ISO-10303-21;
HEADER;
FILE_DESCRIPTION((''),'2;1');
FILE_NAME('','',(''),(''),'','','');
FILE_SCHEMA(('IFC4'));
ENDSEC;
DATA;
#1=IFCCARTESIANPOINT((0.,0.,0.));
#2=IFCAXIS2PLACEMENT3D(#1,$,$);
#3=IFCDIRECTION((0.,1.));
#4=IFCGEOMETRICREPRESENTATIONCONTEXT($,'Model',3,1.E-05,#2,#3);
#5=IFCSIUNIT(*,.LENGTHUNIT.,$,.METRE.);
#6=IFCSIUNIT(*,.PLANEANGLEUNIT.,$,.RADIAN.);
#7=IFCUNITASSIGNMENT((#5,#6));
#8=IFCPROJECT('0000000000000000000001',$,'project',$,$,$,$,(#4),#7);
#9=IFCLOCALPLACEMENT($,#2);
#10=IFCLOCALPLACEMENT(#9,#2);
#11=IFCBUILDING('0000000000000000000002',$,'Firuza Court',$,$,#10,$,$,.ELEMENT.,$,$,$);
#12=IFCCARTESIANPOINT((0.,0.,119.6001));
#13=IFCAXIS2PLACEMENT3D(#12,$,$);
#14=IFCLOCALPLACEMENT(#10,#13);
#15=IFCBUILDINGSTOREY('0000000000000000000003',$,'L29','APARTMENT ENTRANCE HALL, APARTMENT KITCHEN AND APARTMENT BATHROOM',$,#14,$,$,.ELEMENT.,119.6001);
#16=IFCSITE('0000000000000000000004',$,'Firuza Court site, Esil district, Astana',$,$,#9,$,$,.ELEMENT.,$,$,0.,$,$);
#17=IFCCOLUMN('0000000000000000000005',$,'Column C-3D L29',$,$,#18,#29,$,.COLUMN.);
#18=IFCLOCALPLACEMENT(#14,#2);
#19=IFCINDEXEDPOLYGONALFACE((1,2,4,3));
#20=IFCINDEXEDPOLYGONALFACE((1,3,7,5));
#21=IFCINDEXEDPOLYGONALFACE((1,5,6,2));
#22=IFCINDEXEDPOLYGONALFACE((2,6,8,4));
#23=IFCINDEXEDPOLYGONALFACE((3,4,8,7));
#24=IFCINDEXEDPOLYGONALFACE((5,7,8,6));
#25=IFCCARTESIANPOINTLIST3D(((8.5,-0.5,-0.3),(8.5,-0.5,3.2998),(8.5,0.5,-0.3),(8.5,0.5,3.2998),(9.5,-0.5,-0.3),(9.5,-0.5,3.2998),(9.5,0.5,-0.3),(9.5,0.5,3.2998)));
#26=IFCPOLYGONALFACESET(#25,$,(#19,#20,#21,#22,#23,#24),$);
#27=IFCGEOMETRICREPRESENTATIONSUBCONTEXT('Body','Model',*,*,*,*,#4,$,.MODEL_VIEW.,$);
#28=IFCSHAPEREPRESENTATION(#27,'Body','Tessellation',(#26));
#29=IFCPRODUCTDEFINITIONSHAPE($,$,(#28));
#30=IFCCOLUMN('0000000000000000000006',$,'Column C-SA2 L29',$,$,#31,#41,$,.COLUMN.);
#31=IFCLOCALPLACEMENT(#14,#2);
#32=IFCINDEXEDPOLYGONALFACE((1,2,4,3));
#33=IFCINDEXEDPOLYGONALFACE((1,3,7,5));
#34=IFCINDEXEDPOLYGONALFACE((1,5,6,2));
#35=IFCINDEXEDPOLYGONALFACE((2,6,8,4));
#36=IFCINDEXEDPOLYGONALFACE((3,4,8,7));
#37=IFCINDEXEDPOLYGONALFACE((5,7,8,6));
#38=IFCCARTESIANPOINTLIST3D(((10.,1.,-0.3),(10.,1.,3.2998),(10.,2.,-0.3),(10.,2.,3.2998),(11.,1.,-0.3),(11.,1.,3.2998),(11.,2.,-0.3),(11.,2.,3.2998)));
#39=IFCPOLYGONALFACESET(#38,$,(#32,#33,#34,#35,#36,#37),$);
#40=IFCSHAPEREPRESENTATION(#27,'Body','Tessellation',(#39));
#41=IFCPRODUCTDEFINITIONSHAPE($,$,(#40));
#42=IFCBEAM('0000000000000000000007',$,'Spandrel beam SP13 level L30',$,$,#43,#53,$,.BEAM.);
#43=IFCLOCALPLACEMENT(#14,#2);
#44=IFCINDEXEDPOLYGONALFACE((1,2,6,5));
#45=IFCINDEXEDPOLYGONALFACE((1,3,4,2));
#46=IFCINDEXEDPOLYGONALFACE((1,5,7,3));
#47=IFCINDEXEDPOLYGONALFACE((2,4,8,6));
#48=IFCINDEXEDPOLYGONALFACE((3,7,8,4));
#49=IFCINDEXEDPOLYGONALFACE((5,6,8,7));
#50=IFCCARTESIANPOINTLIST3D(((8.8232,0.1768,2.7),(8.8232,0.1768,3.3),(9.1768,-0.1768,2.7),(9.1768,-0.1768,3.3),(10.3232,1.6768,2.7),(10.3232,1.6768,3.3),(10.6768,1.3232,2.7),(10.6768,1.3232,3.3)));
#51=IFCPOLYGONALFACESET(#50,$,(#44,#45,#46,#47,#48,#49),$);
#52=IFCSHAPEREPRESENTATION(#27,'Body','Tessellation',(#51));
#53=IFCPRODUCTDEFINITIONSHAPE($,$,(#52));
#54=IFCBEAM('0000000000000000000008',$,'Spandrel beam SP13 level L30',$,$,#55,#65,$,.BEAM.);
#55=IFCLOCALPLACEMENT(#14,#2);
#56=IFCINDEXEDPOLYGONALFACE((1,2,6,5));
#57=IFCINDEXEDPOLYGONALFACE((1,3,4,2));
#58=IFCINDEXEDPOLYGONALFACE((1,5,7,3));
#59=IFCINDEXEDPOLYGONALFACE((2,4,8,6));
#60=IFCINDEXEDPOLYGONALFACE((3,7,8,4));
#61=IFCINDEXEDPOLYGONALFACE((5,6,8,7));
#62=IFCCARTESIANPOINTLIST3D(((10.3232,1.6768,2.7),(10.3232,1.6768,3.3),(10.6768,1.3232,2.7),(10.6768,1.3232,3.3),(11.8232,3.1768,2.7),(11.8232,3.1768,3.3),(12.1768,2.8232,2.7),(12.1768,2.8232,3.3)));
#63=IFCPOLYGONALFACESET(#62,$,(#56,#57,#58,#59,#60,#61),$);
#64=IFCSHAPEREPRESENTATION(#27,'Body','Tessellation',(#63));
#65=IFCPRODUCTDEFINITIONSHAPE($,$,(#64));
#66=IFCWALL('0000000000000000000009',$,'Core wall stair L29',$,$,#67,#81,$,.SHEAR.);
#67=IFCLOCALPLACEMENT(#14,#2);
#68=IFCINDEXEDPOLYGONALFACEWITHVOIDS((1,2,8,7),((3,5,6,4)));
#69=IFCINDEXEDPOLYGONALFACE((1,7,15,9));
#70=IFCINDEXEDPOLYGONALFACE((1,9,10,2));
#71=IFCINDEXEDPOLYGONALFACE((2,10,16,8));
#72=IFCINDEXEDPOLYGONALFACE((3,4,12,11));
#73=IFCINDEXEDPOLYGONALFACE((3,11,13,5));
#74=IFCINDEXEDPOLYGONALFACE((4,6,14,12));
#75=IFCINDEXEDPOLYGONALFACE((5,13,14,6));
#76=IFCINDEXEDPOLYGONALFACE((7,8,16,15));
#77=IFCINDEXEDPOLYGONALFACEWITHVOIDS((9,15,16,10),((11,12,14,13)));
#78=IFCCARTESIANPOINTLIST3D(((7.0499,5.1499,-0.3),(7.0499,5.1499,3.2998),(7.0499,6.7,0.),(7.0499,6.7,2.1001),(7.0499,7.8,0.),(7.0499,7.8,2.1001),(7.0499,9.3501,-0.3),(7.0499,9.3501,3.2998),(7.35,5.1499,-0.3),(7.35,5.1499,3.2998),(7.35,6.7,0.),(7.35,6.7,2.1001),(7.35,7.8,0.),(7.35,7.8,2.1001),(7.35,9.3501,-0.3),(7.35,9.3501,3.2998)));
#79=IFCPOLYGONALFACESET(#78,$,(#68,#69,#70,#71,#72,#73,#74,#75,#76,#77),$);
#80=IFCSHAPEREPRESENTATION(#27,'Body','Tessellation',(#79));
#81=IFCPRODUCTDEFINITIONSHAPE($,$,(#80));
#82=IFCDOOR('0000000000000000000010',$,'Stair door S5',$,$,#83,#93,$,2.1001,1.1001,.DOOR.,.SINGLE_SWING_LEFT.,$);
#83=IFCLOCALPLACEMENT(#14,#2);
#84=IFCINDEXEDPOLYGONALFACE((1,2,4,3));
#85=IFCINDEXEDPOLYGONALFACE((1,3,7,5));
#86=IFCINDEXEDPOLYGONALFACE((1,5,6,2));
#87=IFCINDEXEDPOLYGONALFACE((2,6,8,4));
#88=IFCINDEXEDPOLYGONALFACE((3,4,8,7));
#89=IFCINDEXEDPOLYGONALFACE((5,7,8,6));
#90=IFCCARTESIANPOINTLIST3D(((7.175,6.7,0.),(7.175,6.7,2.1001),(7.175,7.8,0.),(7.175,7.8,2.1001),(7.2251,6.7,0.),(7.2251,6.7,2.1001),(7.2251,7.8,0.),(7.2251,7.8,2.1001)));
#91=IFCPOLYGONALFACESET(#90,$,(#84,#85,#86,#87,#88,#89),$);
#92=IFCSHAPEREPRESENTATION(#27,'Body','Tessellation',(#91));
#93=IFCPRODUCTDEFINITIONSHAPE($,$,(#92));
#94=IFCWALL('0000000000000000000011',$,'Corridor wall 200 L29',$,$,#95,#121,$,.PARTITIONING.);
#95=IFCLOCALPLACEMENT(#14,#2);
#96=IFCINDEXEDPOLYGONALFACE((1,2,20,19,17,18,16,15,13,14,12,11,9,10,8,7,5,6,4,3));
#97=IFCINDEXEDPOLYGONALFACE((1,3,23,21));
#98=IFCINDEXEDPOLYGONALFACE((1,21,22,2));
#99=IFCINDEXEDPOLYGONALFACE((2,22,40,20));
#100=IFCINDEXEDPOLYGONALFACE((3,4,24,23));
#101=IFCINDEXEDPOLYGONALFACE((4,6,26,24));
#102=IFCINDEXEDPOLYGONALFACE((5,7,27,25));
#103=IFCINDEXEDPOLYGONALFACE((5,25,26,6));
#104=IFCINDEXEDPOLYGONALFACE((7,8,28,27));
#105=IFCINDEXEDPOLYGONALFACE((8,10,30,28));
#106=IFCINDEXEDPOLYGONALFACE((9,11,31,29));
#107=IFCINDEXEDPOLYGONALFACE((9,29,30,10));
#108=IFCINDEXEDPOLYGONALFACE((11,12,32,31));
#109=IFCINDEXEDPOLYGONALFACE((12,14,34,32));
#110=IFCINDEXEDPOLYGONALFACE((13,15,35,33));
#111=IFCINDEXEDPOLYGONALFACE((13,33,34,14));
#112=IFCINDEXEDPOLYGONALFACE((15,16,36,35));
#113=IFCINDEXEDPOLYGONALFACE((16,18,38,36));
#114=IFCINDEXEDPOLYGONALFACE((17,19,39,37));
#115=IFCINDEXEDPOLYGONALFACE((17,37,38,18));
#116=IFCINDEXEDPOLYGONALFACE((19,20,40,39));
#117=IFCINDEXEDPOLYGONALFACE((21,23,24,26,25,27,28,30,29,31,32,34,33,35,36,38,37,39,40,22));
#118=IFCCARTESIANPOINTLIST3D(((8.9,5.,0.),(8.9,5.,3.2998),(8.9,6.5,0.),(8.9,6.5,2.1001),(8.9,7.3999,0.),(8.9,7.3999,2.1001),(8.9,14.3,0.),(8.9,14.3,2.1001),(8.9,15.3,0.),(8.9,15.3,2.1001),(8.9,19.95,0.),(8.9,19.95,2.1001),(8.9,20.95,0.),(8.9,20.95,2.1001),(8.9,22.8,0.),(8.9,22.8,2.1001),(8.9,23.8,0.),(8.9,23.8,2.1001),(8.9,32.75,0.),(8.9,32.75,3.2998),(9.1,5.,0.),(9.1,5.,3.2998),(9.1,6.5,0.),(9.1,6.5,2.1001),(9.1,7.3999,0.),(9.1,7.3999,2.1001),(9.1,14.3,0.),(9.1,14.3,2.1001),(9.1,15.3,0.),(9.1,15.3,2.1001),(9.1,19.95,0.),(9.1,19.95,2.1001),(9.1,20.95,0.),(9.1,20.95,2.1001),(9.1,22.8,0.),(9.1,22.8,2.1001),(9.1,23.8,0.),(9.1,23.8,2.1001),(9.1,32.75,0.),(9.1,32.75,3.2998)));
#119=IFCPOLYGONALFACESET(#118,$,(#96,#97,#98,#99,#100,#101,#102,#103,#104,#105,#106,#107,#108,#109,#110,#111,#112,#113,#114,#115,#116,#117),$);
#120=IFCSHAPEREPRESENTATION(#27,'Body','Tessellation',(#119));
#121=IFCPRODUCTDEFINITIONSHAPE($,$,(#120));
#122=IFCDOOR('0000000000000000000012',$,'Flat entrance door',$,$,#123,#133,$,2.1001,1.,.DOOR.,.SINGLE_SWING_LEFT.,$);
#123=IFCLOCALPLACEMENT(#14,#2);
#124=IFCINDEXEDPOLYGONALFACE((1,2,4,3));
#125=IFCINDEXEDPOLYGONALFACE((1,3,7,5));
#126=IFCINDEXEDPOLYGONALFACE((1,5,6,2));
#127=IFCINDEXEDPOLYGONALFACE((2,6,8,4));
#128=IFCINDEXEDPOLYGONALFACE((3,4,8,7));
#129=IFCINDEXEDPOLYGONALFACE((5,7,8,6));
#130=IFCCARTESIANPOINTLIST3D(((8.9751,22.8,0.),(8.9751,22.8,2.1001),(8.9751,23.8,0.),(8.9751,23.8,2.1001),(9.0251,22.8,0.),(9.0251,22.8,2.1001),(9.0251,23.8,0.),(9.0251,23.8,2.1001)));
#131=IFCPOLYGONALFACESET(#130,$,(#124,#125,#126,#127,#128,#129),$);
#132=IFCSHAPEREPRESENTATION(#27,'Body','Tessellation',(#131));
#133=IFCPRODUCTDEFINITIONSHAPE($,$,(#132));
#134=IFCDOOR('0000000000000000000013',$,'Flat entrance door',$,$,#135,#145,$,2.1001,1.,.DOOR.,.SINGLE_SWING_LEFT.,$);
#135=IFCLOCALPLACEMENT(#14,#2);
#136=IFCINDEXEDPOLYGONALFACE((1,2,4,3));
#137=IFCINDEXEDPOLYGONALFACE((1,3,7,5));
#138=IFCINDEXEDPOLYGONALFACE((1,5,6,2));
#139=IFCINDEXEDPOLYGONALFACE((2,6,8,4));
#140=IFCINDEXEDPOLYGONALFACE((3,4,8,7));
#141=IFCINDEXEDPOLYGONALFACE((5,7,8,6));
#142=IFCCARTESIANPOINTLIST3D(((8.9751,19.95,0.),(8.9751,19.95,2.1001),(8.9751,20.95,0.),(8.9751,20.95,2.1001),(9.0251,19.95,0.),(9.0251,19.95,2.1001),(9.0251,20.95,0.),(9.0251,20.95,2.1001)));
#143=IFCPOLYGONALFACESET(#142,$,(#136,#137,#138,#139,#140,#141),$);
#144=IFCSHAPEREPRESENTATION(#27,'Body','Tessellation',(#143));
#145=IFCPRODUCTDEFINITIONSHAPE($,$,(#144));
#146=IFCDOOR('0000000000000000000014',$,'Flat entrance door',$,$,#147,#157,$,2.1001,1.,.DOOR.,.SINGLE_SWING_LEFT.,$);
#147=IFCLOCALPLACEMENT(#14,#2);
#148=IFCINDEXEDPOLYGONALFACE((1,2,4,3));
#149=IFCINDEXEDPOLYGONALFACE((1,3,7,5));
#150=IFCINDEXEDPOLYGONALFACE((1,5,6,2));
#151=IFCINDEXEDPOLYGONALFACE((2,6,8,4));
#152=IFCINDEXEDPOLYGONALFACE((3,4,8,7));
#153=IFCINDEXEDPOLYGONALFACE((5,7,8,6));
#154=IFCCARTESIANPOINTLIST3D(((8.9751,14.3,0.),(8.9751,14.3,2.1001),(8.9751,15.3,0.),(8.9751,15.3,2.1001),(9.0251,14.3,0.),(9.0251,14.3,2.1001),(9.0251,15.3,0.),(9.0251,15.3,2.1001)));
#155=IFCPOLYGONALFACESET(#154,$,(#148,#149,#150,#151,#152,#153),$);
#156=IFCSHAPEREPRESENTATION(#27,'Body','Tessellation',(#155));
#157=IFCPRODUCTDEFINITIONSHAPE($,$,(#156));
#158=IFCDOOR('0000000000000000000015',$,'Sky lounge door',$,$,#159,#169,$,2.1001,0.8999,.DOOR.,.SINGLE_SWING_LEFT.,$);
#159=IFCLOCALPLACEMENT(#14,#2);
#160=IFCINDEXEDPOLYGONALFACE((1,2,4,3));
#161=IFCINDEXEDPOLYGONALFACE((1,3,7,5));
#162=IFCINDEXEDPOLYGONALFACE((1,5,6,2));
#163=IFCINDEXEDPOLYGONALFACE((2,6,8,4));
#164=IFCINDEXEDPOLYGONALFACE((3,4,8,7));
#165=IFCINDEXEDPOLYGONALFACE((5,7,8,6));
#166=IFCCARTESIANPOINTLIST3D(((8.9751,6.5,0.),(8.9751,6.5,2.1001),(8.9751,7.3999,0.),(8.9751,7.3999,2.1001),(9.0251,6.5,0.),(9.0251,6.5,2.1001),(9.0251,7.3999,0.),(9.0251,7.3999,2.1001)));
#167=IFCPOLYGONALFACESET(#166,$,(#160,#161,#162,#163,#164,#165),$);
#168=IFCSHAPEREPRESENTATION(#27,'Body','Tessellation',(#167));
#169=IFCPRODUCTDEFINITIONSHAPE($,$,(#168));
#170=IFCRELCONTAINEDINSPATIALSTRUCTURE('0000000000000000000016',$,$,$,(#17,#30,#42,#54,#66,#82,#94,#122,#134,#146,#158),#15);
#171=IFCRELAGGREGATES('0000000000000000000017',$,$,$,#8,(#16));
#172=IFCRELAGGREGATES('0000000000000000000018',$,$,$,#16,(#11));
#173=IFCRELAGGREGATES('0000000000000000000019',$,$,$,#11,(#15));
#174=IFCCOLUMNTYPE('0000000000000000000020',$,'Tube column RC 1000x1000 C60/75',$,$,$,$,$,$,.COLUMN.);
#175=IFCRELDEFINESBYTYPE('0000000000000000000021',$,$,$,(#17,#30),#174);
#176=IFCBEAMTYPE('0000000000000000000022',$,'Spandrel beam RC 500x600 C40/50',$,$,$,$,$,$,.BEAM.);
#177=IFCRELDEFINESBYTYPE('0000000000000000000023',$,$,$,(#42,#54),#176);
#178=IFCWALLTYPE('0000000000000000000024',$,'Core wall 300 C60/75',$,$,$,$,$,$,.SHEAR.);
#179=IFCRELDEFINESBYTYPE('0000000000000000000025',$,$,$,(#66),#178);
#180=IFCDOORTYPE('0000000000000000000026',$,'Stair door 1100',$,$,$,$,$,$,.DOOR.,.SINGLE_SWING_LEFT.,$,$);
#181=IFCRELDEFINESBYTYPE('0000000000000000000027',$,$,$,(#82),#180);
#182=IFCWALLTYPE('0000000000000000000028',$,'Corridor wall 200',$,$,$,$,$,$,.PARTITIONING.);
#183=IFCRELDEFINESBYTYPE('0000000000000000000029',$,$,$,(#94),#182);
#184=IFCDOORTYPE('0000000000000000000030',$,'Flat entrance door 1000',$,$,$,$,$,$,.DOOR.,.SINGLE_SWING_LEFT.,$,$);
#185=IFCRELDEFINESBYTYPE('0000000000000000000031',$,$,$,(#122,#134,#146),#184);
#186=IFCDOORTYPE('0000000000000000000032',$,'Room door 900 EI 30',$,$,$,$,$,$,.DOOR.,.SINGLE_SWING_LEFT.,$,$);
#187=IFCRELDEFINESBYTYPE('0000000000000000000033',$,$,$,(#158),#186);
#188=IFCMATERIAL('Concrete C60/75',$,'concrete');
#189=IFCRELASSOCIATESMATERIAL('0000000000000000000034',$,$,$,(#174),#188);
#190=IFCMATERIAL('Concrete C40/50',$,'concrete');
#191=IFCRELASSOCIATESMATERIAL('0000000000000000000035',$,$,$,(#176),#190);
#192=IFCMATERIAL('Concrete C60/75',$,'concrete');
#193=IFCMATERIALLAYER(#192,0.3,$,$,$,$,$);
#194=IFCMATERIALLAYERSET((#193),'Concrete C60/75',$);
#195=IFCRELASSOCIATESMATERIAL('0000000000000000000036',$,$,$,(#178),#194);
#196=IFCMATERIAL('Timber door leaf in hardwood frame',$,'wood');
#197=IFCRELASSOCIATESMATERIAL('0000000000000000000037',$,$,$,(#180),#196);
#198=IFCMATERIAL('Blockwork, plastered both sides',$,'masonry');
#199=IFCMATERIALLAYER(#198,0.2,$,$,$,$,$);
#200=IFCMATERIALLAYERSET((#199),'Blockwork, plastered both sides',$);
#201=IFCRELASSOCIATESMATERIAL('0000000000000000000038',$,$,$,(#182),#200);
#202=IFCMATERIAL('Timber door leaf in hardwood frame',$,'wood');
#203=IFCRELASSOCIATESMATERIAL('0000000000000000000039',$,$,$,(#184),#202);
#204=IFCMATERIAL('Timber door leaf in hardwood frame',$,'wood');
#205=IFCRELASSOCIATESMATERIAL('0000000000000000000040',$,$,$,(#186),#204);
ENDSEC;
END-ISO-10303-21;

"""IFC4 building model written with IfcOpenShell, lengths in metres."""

from ifc_helpers import new_model, si_unit, direction, frame, frame_2d, origin, origin_2d, place, context, subcontext, project, spatial, rectangle, extrude, material, layer, layer_set, material_profile, profile_set, type_object, element, fill, save


model = new_model("IFC4")

# Units and contexts
model_context = context("Model", 3, precision=1e-05, world=origin(), true_north=direction((0.0, 1.0)))
body_context = subcontext(model_context, "Body", "Model", "MODEL_VIEW")
ifc_project = project(units=[si_unit("LENGTHUNIT", "METRE"), si_unit("PLANEANGLEUNIT", "RADIAN")], contexts=[model_context])

# Site, building, storey
site_placement = place(None, origin())
site = spatial("IfcSite", under=ifc_project, at=site_placement, Name="Firuza Court site, Esil district, Astana", CompositionType="ELEMENT", RefElevation=0.0)
building_placement = place(site_placement, origin())
building = spatial("IfcBuilding", under=site, at=building_placement, Name="Firuza Court", CompositionType="ELEMENT")
storey_placement = place(building_placement, frame((0.0, 0.0, 119.6001)))
storey = spatial("IfcBuildingStorey", under=building, at=storey_placement, Name="L29", Description="APARTMENT ENTRANCE HALL, APARTMENT KITCHEN AND APARTMENT BATHROOM", CompositionType="ELEMENT", Elevation=119.6001)

# Columns
ifc_material_1 = material(Name="Concrete C60/75", Category="concrete")
ifc_material_profile_1 = material_profile(ifc_material_1, rectangle(XDim=1.0, YDim=1.0, at=origin_2d()), Name="RC 1000x1000")
ifc_profile_set_1 = profile_set([ifc_material_profile_1], Name="Concrete C60/75")
column_type = type_object("IfcColumnType", Name="Tube column RC 1000x1000 C60/75", PredefinedType="COLUMN", material=ifc_profile_set_1)
for number, where, z_axis, x_axis, name in (
    (1, (9.0, 0.0, -0.3), (0.0, 0.0, 1.0), (1.0, 0.0, 0.0), "Column C-3D L29"),
    (2, (10.5, 1.5, -0.3), (0.0, 0.0, 1.0), (1.0, 0.0, 0.0), "Column C-SA2 L29"),
):
    element("IfcColumn", number, at=place(storey_placement, frame(where, z_axis=z_axis, x_axis=x_axis)), inside=storey, type_object=column_type, Name=name, PredefinedType="COLUMN", context=body_context, shape_type="SweptSolid", body=[
        extrude(rectangle(XDim=1.0, YDim=1.0, at=origin_2d()), origin(), (0.0, 0.0, 1.0), 3.5999),
    ])

# Beams
ifc_material_2 = material(Name="Concrete C40/50", Category="concrete")
ifc_material_profile_2 = material_profile(ifc_material_2, rectangle(XDim=0.5, YDim=0.6001, at=origin_2d()), Name="RC 500x600")
ifc_profile_set_2 = profile_set([ifc_material_profile_2], Name="Concrete C40/50")
beam_type = type_object("IfcBeamType", Name="Spandrel beam RC 500x600 C40/50", PredefinedType="BEAM", material=ifc_profile_set_2)
for number, where, z_axis, x_axis, name in (
    (3, (9.0, 0.0, 3.0), (0.707107, 0.707107, 0.0), (-0.707107, 0.707107, 0.0), "Spandrel beam SP13 level L30"),
    (4, (10.5, 1.5, 3.0), (0.707107, 0.707107, 0.0), (-0.707107, 0.707107, 0.0), "Spandrel beam SP13 level L30"),
):
    element("IfcBeam", number, at=place(storey_placement, frame(where, z_axis=z_axis, x_axis=x_axis)), inside=storey, type_object=beam_type, Name=name, PredefinedType="BEAM", context=body_context, shape_type="SweptSolid", body=[
        extrude(rectangle(XDim=0.5, YDim=0.6001, at=origin_2d()), origin(), (0.0, 0.0, 1.0), 2.1213),
    ])

# Wall, opening, door
ifc_material_3 = material(Name="Concrete C60/75", Category="concrete")
ifc_layer_1 = layer(ifc_material_3, 0.3)
ifc_layer_set_1 = layer_set([ifc_layer_1], Name="Concrete C60/75")
wall_type_1 = type_object("IfcWallType", Name="Core wall 300 C60/75", PredefinedType="SHEAR", material=ifc_layer_set_1)
wall_1_placement = place(storey_placement, frame((7.2, 5.1499, -0.3), z_axis=(0.0, 0.0, 1.0), x_axis=(0.0, 1.0, 0.0)))
wall_1 = element("IfcWall", 5, at=wall_1_placement, inside=storey, type_object=wall_type_1, Name="Core wall stair L29", PredefinedType="SHEAR", context=body_context, shape_type="SweptSolid", body=[
    extrude(rectangle(XDim=4.2002, YDim=0.3, at=frame_2d((2.1001, 0.0))), origin(), (0.0, 0.0, 1.0), 3.5999),
])
opening_1_placement = place(wall_1_placement, frame((1.55, 0.0, 0.3)))
opening_1 = element("IfcOpeningElement", 6, at=opening_1_placement, cuts=wall_1, PredefinedType="OPENING", context=body_context, shape_type="SweptSolid", body=[
    extrude(rectangle(XDim=1.1001, YDim=2.1001, at=frame_2d((0.55, 1.05))), frame((0.0, 0.1621, 0.0), z_axis=(0.0, -1.0, 0.0), x_axis=(1.0, 0.0, 0.0)), (0.0, 0.0, 1.0), 0.324),
])
ifc_material_4 = material(Name="Timber door leaf in hardwood frame", Category="wood")
door_type_1 = type_object("IfcDoorType", Name="Stair door 1100", OperationType="SINGLE_SWING_LEFT", PredefinedType="DOOR", material=ifc_material_4)
door_1_placement = place(opening_1_placement, origin())
door_1 = element("IfcDoor", 7, at=door_1_placement, inside=storey, type_object=door_type_1, Name="Stair door S5", OperationType="SINGLE_SWING_LEFT", OverallHeight=2.1001, OverallWidth=1.1001, PredefinedType="DOOR", context=body_context, shape_type="SweptSolid", body=[
    extrude(rectangle(XDim=1.1001, YDim=2.1001, at=frame_2d((0.55, 1.05))), frame((0.0, 0.0249, 0.0), z_axis=(0.0, -1.0, 0.0), x_axis=(1.0, 0.0, 0.0)), (0.0, 0.0, 1.0), 0.05),
])
fill(opening_1, door_1)

# Wall, openings, doors
ifc_material_5 = material(Name="Blockwork, plastered both sides", Category="masonry")
ifc_layer_2 = layer(ifc_material_5, 0.2)
ifc_layer_set_2 = layer_set([ifc_layer_2], Name="Blockwork, plastered both sides")
wall_type_2 = type_object("IfcWallType", Name="Corridor wall 200", PredefinedType="PARTITIONING", material=ifc_layer_set_2)
wall_2_placement = place(storey_placement, frame((9.0, 5.0, 0.0), z_axis=(0.0, 0.0, 1.0), x_axis=(0.0, 1.0, 0.0)))
wall_2 = element("IfcWall", 8, at=wall_2_placement, inside=storey, type_object=wall_type_2, Name="Corridor wall 200 L29", PredefinedType="PARTITIONING", context=body_context, shape_type="SweptSolid", body=[
    extrude(rectangle(XDim=27.75, YDim=0.2, at=frame_2d((13.875, 0.0))), origin(), (0.0, 0.0, 1.0), 3.2998),
])
opening_2_placement = place(wall_2_placement, frame((17.8, 0.0, 0.0)))
opening_2 = element("IfcOpeningElement", 9, at=opening_2_placement, cuts=wall_2, PredefinedType="OPENING", context=body_context, shape_type="SweptSolid", body=[
    extrude(rectangle(XDim=1.0, YDim=2.1001, at=frame_2d((0.5, 1.05))), frame((0.0, 0.1118, 0.0), z_axis=(0.0, -1.0, 0.0), x_axis=(1.0, 0.0, 0.0)), (0.0, 0.0, 1.0), 0.2239),
])
opening_3_placement = place(wall_2_placement, frame((14.95, 0.0, 0.0)))
opening_3 = element("IfcOpeningElement", 10, at=opening_3_placement, cuts=wall_2, PredefinedType="OPENING", context=body_context, shape_type="SweptSolid", body=[
    extrude(rectangle(XDim=1.0, YDim=2.1001, at=frame_2d((0.5, 1.05))), frame((0.0, 0.1118, 0.0), z_axis=(0.0, -1.0, 0.0), x_axis=(1.0, 0.0, 0.0)), (0.0, 0.0, 1.0), 0.2239),
])
opening_4_placement = place(wall_2_placement, frame((9.3, 0.0, 0.0)))
opening_4 = element("IfcOpeningElement", 11, at=opening_4_placement, cuts=wall_2, PredefinedType="OPENING", context=body_context, shape_type="SweptSolid", body=[
    extrude(rectangle(XDim=1.0, YDim=2.1001, at=frame_2d((0.5, 1.05))), frame((0.0, 0.1118, 0.0), z_axis=(0.0, -1.0, 0.0), x_axis=(1.0, 0.0, 0.0)), (0.0, 0.0, 1.0), 0.2239),
])
opening_5_placement = place(wall_2_placement, frame((1.5, 0.0, 0.0)))
opening_5 = element("IfcOpeningElement", 12, at=opening_5_placement, cuts=wall_2, PredefinedType="OPENING", context=body_context, shape_type="SweptSolid", body=[
    extrude(rectangle(XDim=0.8999, YDim=2.1001, at=frame_2d((0.45, 1.05))), frame((0.0, 0.1118, 0.0), z_axis=(0.0, -1.0, 0.0), x_axis=(1.0, 0.0, 0.0)), (0.0, 0.0, 1.0), 0.2239),
])
ifc_material_6 = material(Name="Timber door leaf in hardwood frame", Category="wood")
door_type_2 = type_object("IfcDoorType", Name="Flat entrance door 1000", OperationType="SINGLE_SWING_LEFT", PredefinedType="DOOR", material=ifc_material_6)
door_2_placement = place(opening_2_placement, origin())
door_2 = element("IfcDoor", 13, at=door_2_placement, inside=storey, type_object=door_type_2, Name="Flat entrance door", OperationType="SINGLE_SWING_LEFT", OverallHeight=2.1001, OverallWidth=1.0, PredefinedType="DOOR", context=body_context, shape_type="SweptSolid", body=[
    extrude(rectangle(XDim=1.0, YDim=2.1001, at=frame_2d((0.5, 1.05))), frame((0.0, 0.0249, 0.0), z_axis=(0.0, -1.0, 0.0), x_axis=(1.0, 0.0, 0.0)), (0.0, 0.0, 1.0), 0.05),
])
fill(opening_2, door_2)
door_3_placement = place(opening_3_placement, origin())
door_3 = element("IfcDoor", 14, at=door_3_placement, inside=storey, type_object=door_type_2, Name="Flat entrance door", OperationType="SINGLE_SWING_LEFT", OverallHeight=2.1001, OverallWidth=1.0, PredefinedType="DOOR", context=body_context, shape_type="SweptSolid", body=[
    extrude(rectangle(XDim=1.0, YDim=2.1001, at=frame_2d((0.5, 1.05))), frame((0.0, 0.0249, 0.0), z_axis=(0.0, -1.0, 0.0), x_axis=(1.0, 0.0, 0.0)), (0.0, 0.0, 1.0), 0.05),
])
fill(opening_3, door_3)
door_4_placement = place(opening_4_placement, origin())
door_4 = element("IfcDoor", 15, at=door_4_placement, inside=storey, type_object=door_type_2, Name="Flat entrance door", OperationType="SINGLE_SWING_LEFT", OverallHeight=2.1001, OverallWidth=1.0, PredefinedType="DOOR", context=body_context, shape_type="SweptSolid", body=[
    extrude(rectangle(XDim=1.0, YDim=2.1001, at=frame_2d((0.5, 1.05))), frame((0.0, 0.0249, 0.0), z_axis=(0.0, -1.0, 0.0), x_axis=(1.0, 0.0, 0.0)), (0.0, 0.0, 1.0), 0.05),
])
fill(opening_4, door_4)
ifc_material_7 = material(Name="Timber door leaf in hardwood frame", Category="wood")
door_type_3 = type_object("IfcDoorType", Name="Room door 900 EI 30", OperationType="SINGLE_SWING_LEFT", PredefinedType="DOOR", material=ifc_material_7)
door_5_placement = place(opening_5_placement, origin())
door_5 = element("IfcDoor", 16, at=door_5_placement, inside=storey, type_object=door_type_3, Name="Sky lounge door", OperationType="SINGLE_SWING_LEFT", OverallHeight=2.1001, OverallWidth=0.8999, PredefinedType="DOOR", context=body_context, shape_type="SweptSolid", body=[
    extrude(rectangle(XDim=0.8999, YDim=2.1001, at=frame_2d((0.45, 1.05))), frame((0.0, 0.0249, 0.0), z_axis=(0.0, -1.0, 0.0), x_axis=(1.0, 0.0, 0.0)), (0.0, 0.0, 1.0), 0.05),
])
fill(opening_5, door_5)

save(model, "model.ifc")
